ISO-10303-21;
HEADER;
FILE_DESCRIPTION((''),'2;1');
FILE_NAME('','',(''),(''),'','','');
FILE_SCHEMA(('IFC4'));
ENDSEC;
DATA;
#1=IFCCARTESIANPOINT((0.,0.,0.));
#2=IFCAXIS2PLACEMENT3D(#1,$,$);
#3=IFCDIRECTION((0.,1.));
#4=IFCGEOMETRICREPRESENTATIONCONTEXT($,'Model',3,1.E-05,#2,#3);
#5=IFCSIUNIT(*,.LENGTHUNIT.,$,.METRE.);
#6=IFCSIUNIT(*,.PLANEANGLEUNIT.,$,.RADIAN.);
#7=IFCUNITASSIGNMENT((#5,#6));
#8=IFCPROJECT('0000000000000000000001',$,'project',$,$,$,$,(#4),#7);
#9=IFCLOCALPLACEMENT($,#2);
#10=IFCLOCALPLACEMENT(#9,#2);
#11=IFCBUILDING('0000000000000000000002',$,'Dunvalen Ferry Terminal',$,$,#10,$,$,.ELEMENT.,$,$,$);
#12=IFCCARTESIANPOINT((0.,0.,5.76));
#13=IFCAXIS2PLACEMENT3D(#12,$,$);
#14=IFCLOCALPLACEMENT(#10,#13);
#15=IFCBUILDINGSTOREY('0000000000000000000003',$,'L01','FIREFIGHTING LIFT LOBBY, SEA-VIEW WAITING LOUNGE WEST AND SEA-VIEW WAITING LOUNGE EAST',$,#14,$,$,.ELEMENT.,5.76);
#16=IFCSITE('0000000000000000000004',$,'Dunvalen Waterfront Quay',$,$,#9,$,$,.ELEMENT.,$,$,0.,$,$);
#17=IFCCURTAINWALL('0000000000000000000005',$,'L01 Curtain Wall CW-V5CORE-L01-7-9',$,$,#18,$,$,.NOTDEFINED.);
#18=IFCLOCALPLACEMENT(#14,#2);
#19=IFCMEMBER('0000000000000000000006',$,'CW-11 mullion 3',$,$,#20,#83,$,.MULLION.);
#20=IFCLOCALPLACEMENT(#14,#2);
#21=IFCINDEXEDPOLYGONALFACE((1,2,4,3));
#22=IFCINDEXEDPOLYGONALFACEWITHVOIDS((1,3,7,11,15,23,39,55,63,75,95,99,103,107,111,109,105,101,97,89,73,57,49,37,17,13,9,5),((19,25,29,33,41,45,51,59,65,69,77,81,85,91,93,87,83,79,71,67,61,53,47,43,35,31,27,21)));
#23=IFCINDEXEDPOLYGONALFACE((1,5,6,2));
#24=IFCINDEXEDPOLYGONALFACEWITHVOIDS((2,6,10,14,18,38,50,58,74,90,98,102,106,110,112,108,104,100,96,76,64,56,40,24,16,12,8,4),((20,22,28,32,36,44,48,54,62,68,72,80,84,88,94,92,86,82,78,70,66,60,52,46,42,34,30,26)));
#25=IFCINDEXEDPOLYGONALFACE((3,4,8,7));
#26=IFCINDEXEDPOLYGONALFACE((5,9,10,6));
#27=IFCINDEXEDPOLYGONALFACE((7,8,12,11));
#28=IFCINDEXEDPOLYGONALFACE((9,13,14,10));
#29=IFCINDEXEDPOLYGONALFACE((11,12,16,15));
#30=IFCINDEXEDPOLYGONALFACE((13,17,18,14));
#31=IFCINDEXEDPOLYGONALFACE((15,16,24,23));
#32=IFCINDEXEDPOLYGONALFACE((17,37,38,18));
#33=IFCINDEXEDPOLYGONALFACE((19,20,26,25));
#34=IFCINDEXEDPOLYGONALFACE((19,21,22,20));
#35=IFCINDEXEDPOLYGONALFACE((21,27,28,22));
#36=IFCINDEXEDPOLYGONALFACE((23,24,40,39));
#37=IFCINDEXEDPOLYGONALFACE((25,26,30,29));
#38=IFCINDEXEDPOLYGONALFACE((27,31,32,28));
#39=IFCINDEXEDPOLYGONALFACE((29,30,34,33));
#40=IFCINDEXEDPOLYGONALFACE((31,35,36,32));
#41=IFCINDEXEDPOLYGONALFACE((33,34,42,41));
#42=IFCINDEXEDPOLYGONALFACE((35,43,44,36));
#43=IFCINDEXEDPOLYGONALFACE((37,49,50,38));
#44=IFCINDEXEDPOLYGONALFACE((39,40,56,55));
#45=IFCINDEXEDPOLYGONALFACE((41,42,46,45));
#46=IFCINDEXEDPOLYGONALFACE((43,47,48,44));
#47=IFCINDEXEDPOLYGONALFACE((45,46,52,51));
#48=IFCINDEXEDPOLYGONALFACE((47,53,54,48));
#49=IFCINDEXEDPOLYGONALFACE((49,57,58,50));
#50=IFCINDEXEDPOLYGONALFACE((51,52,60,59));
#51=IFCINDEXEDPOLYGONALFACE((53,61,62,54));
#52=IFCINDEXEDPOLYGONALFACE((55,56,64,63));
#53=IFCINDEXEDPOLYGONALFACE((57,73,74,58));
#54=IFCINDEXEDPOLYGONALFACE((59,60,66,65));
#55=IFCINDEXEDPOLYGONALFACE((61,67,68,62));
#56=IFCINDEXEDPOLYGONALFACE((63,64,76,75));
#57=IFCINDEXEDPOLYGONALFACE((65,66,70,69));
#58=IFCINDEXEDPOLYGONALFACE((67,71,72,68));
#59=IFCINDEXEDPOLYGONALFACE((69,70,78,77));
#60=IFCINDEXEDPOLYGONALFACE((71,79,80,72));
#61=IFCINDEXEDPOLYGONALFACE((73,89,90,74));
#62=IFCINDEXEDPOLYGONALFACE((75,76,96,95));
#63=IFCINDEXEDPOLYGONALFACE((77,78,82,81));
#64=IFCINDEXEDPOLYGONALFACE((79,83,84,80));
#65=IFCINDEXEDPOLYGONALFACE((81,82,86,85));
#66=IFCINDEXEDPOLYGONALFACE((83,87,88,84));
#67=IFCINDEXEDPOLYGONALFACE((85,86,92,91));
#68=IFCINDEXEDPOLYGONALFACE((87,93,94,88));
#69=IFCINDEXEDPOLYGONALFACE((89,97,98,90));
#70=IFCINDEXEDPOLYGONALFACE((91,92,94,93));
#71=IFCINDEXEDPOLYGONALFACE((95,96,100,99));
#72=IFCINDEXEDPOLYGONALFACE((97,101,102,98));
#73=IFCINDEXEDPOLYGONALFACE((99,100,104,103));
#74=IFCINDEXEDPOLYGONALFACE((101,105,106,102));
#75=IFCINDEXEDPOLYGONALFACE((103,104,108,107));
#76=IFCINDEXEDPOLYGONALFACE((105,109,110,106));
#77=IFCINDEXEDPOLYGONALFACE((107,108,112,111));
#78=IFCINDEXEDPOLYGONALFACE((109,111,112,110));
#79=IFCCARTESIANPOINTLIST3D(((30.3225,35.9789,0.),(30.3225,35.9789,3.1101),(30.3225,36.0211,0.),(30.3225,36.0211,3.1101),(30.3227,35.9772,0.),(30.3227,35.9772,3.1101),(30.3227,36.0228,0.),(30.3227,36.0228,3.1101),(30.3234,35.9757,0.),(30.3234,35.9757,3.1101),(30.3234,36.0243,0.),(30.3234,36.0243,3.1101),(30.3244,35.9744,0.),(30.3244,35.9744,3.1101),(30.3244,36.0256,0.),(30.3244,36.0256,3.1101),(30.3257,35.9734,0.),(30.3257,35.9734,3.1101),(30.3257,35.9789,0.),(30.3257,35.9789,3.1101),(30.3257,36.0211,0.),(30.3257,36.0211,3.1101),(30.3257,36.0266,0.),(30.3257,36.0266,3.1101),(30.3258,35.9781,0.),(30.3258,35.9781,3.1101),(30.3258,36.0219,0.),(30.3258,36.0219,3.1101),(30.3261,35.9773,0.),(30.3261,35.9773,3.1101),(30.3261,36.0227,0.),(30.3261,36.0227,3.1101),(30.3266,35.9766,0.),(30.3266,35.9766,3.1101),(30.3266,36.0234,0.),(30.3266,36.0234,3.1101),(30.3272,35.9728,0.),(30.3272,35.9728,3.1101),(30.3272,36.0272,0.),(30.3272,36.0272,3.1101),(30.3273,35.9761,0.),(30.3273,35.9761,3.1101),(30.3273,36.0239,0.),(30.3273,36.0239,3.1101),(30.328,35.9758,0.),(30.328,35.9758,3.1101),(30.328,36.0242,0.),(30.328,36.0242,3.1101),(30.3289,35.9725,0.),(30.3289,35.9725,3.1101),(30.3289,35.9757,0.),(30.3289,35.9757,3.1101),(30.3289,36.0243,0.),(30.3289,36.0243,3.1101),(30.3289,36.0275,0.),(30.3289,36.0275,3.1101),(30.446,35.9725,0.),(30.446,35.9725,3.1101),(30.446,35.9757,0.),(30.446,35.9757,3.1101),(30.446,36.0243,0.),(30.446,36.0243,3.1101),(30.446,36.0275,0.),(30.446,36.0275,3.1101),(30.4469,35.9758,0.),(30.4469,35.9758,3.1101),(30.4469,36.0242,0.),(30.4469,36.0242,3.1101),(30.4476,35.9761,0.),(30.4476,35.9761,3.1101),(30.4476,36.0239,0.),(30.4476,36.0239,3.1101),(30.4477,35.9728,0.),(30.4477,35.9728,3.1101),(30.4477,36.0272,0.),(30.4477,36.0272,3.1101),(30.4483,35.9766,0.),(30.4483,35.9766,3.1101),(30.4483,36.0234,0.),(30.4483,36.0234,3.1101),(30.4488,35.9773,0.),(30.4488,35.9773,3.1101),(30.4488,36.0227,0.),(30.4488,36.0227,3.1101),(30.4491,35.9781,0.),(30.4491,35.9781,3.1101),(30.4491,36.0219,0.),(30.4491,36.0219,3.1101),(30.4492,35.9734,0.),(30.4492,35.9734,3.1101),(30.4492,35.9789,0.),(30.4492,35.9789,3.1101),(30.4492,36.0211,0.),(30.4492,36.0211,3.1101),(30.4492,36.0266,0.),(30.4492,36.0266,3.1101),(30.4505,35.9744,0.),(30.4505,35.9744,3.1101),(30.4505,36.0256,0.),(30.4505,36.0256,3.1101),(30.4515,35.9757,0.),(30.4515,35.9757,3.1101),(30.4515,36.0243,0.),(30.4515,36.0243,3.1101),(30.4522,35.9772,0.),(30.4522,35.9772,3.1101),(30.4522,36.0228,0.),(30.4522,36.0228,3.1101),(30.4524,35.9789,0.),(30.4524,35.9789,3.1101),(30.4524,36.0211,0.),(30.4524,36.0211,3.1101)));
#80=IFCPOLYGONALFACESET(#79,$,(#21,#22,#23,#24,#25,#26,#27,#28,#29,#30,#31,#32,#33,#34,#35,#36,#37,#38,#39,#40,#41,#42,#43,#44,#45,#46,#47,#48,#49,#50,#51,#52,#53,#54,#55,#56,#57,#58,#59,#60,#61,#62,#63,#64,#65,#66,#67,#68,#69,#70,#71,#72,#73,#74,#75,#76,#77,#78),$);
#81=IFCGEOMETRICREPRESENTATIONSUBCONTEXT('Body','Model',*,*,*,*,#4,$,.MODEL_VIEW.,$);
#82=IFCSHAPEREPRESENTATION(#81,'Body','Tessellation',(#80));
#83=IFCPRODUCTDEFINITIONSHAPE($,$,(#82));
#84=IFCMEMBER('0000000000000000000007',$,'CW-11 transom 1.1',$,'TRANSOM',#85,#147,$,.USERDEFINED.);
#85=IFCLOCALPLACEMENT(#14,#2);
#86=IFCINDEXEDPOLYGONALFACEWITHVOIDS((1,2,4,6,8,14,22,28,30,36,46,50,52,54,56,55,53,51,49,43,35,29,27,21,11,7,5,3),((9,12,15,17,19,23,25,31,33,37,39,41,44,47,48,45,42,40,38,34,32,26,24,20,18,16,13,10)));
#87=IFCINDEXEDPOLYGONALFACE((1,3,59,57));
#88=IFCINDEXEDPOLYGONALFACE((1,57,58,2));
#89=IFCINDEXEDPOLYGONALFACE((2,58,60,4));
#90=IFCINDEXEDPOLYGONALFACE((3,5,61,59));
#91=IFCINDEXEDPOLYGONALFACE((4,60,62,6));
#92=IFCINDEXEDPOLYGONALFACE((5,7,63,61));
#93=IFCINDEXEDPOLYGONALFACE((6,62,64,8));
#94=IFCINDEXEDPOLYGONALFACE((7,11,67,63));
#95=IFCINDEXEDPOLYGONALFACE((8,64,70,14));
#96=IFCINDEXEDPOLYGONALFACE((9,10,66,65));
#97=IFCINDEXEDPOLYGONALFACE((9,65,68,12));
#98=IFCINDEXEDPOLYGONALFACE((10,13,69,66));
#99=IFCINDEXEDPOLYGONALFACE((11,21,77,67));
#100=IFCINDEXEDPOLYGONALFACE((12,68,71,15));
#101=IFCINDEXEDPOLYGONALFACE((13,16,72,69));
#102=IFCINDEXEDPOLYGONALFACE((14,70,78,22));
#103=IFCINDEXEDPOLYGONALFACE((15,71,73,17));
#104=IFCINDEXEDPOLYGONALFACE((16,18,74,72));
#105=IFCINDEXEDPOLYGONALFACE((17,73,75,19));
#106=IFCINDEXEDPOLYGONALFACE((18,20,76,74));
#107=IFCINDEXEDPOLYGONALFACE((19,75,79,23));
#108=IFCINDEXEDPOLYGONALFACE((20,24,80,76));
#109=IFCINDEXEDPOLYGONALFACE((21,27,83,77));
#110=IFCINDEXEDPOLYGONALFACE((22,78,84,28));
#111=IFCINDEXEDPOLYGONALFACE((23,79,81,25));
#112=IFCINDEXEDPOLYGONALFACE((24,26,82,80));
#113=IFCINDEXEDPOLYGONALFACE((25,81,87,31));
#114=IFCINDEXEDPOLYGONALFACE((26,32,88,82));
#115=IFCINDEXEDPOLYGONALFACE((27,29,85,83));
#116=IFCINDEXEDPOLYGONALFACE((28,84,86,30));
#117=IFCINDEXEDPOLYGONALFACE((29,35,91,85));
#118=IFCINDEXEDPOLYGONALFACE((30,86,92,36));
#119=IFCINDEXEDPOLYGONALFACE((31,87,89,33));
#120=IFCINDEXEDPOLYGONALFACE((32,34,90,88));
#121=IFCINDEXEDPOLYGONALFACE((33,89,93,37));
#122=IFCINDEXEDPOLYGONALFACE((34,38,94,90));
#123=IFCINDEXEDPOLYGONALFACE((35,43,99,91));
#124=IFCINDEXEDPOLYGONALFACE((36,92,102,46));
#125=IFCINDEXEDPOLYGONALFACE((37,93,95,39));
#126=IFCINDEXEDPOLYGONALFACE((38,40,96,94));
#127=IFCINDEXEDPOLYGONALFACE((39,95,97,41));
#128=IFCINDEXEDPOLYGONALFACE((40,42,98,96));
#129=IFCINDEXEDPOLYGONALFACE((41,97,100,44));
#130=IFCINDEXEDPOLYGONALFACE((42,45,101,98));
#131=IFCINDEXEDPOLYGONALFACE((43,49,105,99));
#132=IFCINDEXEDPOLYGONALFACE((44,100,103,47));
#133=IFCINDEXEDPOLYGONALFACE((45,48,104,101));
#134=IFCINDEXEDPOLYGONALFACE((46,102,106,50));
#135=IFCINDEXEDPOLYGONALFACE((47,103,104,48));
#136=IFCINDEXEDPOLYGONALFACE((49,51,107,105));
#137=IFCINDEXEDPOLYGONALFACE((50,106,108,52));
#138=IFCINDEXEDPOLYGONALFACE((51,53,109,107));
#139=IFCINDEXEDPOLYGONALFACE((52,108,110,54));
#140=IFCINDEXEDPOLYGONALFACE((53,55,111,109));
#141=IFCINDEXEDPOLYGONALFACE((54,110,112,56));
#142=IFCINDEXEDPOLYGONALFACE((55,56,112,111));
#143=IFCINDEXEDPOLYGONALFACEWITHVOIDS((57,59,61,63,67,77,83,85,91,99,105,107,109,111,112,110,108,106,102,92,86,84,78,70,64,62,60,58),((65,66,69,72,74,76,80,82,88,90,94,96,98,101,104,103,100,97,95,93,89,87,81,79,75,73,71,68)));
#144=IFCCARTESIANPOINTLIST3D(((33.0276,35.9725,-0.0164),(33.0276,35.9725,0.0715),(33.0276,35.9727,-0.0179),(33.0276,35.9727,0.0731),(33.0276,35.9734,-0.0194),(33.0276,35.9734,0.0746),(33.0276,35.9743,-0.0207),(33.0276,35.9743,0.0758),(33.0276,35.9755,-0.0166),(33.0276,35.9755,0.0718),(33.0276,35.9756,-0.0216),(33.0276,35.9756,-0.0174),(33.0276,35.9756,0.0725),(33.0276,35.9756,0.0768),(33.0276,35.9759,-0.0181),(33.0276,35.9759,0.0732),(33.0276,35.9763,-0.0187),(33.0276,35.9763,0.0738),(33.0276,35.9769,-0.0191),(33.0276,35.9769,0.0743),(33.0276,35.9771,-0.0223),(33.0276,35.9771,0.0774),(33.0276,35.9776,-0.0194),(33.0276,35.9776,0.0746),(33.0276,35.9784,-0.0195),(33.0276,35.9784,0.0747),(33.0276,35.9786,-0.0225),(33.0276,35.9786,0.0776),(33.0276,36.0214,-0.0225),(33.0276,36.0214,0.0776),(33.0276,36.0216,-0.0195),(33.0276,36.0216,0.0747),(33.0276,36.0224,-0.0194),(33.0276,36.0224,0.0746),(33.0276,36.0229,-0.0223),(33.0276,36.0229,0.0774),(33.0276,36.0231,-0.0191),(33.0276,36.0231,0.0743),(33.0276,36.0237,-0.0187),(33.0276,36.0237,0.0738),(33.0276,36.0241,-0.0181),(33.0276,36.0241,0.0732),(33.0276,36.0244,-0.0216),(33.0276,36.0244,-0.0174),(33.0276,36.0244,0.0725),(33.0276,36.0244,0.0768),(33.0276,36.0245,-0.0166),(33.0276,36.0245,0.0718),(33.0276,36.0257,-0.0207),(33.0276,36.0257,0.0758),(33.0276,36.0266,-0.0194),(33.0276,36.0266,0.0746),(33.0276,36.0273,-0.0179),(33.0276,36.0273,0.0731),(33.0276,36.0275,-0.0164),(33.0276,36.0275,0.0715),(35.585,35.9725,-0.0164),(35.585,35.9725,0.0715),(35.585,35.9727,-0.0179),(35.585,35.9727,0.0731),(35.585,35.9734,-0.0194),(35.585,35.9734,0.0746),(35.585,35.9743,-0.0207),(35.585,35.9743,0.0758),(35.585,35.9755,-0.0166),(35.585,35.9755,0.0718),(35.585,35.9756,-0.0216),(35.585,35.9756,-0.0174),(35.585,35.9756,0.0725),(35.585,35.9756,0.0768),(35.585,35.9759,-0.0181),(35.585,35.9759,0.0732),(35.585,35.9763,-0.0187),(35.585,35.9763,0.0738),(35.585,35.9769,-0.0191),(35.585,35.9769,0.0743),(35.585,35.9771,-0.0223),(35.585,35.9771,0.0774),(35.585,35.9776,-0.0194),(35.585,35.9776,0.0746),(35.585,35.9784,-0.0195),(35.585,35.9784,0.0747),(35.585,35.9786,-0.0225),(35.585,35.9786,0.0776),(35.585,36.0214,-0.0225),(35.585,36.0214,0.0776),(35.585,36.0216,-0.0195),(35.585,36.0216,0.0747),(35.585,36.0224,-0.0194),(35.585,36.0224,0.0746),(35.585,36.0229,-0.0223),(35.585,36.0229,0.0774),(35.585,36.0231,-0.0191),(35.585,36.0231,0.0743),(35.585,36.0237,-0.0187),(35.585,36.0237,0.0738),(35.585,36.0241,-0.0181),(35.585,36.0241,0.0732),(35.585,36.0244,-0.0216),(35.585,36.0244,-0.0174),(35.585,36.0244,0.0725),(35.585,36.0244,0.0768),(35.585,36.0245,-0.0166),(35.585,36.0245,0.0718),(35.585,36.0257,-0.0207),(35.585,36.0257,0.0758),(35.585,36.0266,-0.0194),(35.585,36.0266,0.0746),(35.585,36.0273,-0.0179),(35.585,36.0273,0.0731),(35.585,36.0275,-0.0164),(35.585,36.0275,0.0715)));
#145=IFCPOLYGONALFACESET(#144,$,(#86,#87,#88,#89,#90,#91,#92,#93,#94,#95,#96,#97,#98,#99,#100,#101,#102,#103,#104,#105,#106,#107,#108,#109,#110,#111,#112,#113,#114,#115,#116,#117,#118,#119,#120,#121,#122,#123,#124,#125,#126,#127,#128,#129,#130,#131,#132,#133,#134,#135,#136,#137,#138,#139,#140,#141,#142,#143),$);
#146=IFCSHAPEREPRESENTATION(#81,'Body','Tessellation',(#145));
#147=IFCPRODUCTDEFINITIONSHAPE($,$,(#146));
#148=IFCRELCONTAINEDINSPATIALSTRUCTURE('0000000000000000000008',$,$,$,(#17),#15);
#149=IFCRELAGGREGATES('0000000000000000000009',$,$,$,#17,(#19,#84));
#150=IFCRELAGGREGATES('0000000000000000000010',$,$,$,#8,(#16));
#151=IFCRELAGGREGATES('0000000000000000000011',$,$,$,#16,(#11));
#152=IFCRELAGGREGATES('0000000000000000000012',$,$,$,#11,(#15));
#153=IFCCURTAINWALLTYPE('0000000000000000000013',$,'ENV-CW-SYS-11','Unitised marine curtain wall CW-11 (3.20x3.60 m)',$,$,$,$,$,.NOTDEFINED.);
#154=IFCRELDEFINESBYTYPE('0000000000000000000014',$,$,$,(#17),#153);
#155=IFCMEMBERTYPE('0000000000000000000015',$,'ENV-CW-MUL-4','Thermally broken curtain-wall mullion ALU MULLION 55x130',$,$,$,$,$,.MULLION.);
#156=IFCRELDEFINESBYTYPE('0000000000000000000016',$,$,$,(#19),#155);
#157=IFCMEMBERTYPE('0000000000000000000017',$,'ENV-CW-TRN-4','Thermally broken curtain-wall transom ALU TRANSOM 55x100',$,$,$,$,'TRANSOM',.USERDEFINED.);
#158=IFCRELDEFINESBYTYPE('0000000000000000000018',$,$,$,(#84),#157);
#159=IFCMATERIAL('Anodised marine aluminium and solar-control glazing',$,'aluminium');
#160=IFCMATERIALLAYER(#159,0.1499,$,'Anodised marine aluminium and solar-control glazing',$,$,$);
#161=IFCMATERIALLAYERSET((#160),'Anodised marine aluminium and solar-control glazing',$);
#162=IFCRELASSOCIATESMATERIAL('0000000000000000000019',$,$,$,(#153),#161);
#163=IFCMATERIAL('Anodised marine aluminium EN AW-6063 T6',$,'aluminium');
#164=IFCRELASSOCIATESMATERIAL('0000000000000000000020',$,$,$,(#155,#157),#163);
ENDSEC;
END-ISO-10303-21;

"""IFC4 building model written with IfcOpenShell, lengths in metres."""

from ifc_helpers import new_model, si_unit, direction, frame, origin, origin_2d, place, context, subcontext, project, spatial, hollow_rectangle, extrude, material, layer, layer_set, material_profile, profile_set, type_object, element, aggregate, save


model = new_model("IFC4")

# Units and contexts
model_context = context("Model", 3, precision=1e-05, world=origin(), true_north=direction((0.0, 1.0)))
body_context = subcontext(model_context, "Body", "Model", "MODEL_VIEW")
ifc_project = project(units=[si_unit("LENGTHUNIT", "METRE"), si_unit("PLANEANGLEUNIT", "RADIAN")], contexts=[model_context])

# Site, building, storey
site_placement = place(None, origin())
site = spatial("IfcSite", under=ifc_project, at=site_placement, Name="Dunvalen Waterfront Quay", CompositionType="ELEMENT", RefElevation=0.0)
building_placement = place(site_placement, origin())
building = spatial("IfcBuilding", under=site, at=building_placement, Name="Dunvalen Ferry Terminal", CompositionType="ELEMENT")
storey_placement = place(building_placement, frame((0.0, 0.0, 5.76)))
storey = spatial("IfcBuildingStorey", under=building, at=storey_placement, Name="L01", Description="FIREFIGHTING LIFT LOBBY, SEA-VIEW WAITING LOUNGE WEST AND SEA-VIEW WAITING LOUNGE EAST", CompositionType="ELEMENT", Elevation=5.76)

# Shared definitions
ifc_material_1 = material(Name="Anodised marine aluminium and solar-control glazing", Category="aluminium")
ifc_layer_1 = layer(ifc_material_1, 0.1499, Name="Anodised marine aluminium and solar-control glazing")
ifc_layer_set_1 = layer_set([ifc_layer_1], Name="Anodised marine aluminium and solar-control glazing")
curtain_wall_type = type_object("IfcCurtainWallType", Name="ENV-CW-SYS-11", Description="Unitised marine curtain wall CW-11 (3.20x3.60 m)", PredefinedType="NOTDEFINED", material=ifc_layer_set_1)
ifc_material_2 = material(Name="Anodised marine aluminium EN AW-6063 T6", Category="aluminium")
ifc_material_profile_1 = material_profile(ifc_material_2, hollow_rectangle(XDim=0.0549, YDim=0.1299, WallThickness=0.0032, InnerFilletRadius=0.0032, OuterFilletRadius=0.0063, at=origin_2d()), Name="Anodised marine aluminium EN AW-6063 T6")
ifc_profile_set_1 = profile_set([ifc_material_profile_1], Name="Anodised marine aluminium EN AW-6063 T6")
member_type_1 = type_object("IfcMemberType", Name="ENV-CW-MUL-4", Description="Thermally broken curtain-wall mullion ALU MULLION 55x130", PredefinedType="MULLION", material=ifc_profile_set_1)

# Curtain wall, members
curtain_wall_1_placement = place(storey_placement, origin())
curtain_wall_1 = element("IfcCurtainWall", 1, at=curtain_wall_1_placement, inside=storey, type_object=curtain_wall_type, Name="L01 Curtain Wall CW-V5CORE-L01-7-9", PredefinedType="NOTDEFINED")
member_1_placement = place(storey_placement, frame((30.3875, 36.0, 0.0), z_axis=(0.0, 0.0, 1.0), x_axis=(0.0, -1.0, 0.0)))
member_1 = element("IfcMember", 2, at=member_1_placement, type_object=member_type_1, Name="CW-11 mullion 3", PredefinedType="MULLION", context=body_context, shape_type="SweptSolid", body=[
    extrude(hollow_rectangle(XDim=0.0549, YDim=0.1299, WallThickness=0.0032, InnerFilletRadius=0.0032, OuterFilletRadius=0.0063, at=origin_2d()), origin(), (0.0, 0.0, 1.0), 3.1101),
])
ifc_material_profile_2 = material_profile(ifc_material_2, hollow_rectangle(XDim=0.0549, YDim=0.1001, WallThickness=0.0029, InnerFilletRadius=0.0029, OuterFilletRadius=0.0061, at=origin_2d()), Name="Anodised marine aluminium EN AW-6063 T6")
ifc_profile_set_2 = profile_set([ifc_material_profile_2], Name="Anodised marine aluminium EN AW-6063 T6")
member_type_2 = type_object("IfcMemberType", Name="ENV-CW-TRN-4", Description="Thermally broken curtain-wall transom ALU TRANSOM 55x100", ElementType="TRANSOM", PredefinedType="USERDEFINED", material=ifc_profile_set_2)
member_2_placement = place(storey_placement, frame((35.585, 36.0, 0.0276), z_axis=(-1.0, 0.0, 0.0), x_axis=(0.0, -1.0, 0.0)))
member_2 = element("IfcMember", 3, at=member_2_placement, type_object=member_type_2, Name="CW-11 transom 1.1", ObjectType="TRANSOM", PredefinedType="USERDEFINED", context=body_context, shape_type="SweptSolid", body=[
    extrude(hollow_rectangle(XDim=0.0549, YDim=0.1001, WallThickness=0.0029, InnerFilletRadius=0.0029, OuterFilletRadius=0.0061, at=origin_2d()), origin(), (0.0, 0.0, 1.0), 2.5574),
])

aggregate(curtain_wall_1, [member_1, member_2])

save(model, "model.ifc")
